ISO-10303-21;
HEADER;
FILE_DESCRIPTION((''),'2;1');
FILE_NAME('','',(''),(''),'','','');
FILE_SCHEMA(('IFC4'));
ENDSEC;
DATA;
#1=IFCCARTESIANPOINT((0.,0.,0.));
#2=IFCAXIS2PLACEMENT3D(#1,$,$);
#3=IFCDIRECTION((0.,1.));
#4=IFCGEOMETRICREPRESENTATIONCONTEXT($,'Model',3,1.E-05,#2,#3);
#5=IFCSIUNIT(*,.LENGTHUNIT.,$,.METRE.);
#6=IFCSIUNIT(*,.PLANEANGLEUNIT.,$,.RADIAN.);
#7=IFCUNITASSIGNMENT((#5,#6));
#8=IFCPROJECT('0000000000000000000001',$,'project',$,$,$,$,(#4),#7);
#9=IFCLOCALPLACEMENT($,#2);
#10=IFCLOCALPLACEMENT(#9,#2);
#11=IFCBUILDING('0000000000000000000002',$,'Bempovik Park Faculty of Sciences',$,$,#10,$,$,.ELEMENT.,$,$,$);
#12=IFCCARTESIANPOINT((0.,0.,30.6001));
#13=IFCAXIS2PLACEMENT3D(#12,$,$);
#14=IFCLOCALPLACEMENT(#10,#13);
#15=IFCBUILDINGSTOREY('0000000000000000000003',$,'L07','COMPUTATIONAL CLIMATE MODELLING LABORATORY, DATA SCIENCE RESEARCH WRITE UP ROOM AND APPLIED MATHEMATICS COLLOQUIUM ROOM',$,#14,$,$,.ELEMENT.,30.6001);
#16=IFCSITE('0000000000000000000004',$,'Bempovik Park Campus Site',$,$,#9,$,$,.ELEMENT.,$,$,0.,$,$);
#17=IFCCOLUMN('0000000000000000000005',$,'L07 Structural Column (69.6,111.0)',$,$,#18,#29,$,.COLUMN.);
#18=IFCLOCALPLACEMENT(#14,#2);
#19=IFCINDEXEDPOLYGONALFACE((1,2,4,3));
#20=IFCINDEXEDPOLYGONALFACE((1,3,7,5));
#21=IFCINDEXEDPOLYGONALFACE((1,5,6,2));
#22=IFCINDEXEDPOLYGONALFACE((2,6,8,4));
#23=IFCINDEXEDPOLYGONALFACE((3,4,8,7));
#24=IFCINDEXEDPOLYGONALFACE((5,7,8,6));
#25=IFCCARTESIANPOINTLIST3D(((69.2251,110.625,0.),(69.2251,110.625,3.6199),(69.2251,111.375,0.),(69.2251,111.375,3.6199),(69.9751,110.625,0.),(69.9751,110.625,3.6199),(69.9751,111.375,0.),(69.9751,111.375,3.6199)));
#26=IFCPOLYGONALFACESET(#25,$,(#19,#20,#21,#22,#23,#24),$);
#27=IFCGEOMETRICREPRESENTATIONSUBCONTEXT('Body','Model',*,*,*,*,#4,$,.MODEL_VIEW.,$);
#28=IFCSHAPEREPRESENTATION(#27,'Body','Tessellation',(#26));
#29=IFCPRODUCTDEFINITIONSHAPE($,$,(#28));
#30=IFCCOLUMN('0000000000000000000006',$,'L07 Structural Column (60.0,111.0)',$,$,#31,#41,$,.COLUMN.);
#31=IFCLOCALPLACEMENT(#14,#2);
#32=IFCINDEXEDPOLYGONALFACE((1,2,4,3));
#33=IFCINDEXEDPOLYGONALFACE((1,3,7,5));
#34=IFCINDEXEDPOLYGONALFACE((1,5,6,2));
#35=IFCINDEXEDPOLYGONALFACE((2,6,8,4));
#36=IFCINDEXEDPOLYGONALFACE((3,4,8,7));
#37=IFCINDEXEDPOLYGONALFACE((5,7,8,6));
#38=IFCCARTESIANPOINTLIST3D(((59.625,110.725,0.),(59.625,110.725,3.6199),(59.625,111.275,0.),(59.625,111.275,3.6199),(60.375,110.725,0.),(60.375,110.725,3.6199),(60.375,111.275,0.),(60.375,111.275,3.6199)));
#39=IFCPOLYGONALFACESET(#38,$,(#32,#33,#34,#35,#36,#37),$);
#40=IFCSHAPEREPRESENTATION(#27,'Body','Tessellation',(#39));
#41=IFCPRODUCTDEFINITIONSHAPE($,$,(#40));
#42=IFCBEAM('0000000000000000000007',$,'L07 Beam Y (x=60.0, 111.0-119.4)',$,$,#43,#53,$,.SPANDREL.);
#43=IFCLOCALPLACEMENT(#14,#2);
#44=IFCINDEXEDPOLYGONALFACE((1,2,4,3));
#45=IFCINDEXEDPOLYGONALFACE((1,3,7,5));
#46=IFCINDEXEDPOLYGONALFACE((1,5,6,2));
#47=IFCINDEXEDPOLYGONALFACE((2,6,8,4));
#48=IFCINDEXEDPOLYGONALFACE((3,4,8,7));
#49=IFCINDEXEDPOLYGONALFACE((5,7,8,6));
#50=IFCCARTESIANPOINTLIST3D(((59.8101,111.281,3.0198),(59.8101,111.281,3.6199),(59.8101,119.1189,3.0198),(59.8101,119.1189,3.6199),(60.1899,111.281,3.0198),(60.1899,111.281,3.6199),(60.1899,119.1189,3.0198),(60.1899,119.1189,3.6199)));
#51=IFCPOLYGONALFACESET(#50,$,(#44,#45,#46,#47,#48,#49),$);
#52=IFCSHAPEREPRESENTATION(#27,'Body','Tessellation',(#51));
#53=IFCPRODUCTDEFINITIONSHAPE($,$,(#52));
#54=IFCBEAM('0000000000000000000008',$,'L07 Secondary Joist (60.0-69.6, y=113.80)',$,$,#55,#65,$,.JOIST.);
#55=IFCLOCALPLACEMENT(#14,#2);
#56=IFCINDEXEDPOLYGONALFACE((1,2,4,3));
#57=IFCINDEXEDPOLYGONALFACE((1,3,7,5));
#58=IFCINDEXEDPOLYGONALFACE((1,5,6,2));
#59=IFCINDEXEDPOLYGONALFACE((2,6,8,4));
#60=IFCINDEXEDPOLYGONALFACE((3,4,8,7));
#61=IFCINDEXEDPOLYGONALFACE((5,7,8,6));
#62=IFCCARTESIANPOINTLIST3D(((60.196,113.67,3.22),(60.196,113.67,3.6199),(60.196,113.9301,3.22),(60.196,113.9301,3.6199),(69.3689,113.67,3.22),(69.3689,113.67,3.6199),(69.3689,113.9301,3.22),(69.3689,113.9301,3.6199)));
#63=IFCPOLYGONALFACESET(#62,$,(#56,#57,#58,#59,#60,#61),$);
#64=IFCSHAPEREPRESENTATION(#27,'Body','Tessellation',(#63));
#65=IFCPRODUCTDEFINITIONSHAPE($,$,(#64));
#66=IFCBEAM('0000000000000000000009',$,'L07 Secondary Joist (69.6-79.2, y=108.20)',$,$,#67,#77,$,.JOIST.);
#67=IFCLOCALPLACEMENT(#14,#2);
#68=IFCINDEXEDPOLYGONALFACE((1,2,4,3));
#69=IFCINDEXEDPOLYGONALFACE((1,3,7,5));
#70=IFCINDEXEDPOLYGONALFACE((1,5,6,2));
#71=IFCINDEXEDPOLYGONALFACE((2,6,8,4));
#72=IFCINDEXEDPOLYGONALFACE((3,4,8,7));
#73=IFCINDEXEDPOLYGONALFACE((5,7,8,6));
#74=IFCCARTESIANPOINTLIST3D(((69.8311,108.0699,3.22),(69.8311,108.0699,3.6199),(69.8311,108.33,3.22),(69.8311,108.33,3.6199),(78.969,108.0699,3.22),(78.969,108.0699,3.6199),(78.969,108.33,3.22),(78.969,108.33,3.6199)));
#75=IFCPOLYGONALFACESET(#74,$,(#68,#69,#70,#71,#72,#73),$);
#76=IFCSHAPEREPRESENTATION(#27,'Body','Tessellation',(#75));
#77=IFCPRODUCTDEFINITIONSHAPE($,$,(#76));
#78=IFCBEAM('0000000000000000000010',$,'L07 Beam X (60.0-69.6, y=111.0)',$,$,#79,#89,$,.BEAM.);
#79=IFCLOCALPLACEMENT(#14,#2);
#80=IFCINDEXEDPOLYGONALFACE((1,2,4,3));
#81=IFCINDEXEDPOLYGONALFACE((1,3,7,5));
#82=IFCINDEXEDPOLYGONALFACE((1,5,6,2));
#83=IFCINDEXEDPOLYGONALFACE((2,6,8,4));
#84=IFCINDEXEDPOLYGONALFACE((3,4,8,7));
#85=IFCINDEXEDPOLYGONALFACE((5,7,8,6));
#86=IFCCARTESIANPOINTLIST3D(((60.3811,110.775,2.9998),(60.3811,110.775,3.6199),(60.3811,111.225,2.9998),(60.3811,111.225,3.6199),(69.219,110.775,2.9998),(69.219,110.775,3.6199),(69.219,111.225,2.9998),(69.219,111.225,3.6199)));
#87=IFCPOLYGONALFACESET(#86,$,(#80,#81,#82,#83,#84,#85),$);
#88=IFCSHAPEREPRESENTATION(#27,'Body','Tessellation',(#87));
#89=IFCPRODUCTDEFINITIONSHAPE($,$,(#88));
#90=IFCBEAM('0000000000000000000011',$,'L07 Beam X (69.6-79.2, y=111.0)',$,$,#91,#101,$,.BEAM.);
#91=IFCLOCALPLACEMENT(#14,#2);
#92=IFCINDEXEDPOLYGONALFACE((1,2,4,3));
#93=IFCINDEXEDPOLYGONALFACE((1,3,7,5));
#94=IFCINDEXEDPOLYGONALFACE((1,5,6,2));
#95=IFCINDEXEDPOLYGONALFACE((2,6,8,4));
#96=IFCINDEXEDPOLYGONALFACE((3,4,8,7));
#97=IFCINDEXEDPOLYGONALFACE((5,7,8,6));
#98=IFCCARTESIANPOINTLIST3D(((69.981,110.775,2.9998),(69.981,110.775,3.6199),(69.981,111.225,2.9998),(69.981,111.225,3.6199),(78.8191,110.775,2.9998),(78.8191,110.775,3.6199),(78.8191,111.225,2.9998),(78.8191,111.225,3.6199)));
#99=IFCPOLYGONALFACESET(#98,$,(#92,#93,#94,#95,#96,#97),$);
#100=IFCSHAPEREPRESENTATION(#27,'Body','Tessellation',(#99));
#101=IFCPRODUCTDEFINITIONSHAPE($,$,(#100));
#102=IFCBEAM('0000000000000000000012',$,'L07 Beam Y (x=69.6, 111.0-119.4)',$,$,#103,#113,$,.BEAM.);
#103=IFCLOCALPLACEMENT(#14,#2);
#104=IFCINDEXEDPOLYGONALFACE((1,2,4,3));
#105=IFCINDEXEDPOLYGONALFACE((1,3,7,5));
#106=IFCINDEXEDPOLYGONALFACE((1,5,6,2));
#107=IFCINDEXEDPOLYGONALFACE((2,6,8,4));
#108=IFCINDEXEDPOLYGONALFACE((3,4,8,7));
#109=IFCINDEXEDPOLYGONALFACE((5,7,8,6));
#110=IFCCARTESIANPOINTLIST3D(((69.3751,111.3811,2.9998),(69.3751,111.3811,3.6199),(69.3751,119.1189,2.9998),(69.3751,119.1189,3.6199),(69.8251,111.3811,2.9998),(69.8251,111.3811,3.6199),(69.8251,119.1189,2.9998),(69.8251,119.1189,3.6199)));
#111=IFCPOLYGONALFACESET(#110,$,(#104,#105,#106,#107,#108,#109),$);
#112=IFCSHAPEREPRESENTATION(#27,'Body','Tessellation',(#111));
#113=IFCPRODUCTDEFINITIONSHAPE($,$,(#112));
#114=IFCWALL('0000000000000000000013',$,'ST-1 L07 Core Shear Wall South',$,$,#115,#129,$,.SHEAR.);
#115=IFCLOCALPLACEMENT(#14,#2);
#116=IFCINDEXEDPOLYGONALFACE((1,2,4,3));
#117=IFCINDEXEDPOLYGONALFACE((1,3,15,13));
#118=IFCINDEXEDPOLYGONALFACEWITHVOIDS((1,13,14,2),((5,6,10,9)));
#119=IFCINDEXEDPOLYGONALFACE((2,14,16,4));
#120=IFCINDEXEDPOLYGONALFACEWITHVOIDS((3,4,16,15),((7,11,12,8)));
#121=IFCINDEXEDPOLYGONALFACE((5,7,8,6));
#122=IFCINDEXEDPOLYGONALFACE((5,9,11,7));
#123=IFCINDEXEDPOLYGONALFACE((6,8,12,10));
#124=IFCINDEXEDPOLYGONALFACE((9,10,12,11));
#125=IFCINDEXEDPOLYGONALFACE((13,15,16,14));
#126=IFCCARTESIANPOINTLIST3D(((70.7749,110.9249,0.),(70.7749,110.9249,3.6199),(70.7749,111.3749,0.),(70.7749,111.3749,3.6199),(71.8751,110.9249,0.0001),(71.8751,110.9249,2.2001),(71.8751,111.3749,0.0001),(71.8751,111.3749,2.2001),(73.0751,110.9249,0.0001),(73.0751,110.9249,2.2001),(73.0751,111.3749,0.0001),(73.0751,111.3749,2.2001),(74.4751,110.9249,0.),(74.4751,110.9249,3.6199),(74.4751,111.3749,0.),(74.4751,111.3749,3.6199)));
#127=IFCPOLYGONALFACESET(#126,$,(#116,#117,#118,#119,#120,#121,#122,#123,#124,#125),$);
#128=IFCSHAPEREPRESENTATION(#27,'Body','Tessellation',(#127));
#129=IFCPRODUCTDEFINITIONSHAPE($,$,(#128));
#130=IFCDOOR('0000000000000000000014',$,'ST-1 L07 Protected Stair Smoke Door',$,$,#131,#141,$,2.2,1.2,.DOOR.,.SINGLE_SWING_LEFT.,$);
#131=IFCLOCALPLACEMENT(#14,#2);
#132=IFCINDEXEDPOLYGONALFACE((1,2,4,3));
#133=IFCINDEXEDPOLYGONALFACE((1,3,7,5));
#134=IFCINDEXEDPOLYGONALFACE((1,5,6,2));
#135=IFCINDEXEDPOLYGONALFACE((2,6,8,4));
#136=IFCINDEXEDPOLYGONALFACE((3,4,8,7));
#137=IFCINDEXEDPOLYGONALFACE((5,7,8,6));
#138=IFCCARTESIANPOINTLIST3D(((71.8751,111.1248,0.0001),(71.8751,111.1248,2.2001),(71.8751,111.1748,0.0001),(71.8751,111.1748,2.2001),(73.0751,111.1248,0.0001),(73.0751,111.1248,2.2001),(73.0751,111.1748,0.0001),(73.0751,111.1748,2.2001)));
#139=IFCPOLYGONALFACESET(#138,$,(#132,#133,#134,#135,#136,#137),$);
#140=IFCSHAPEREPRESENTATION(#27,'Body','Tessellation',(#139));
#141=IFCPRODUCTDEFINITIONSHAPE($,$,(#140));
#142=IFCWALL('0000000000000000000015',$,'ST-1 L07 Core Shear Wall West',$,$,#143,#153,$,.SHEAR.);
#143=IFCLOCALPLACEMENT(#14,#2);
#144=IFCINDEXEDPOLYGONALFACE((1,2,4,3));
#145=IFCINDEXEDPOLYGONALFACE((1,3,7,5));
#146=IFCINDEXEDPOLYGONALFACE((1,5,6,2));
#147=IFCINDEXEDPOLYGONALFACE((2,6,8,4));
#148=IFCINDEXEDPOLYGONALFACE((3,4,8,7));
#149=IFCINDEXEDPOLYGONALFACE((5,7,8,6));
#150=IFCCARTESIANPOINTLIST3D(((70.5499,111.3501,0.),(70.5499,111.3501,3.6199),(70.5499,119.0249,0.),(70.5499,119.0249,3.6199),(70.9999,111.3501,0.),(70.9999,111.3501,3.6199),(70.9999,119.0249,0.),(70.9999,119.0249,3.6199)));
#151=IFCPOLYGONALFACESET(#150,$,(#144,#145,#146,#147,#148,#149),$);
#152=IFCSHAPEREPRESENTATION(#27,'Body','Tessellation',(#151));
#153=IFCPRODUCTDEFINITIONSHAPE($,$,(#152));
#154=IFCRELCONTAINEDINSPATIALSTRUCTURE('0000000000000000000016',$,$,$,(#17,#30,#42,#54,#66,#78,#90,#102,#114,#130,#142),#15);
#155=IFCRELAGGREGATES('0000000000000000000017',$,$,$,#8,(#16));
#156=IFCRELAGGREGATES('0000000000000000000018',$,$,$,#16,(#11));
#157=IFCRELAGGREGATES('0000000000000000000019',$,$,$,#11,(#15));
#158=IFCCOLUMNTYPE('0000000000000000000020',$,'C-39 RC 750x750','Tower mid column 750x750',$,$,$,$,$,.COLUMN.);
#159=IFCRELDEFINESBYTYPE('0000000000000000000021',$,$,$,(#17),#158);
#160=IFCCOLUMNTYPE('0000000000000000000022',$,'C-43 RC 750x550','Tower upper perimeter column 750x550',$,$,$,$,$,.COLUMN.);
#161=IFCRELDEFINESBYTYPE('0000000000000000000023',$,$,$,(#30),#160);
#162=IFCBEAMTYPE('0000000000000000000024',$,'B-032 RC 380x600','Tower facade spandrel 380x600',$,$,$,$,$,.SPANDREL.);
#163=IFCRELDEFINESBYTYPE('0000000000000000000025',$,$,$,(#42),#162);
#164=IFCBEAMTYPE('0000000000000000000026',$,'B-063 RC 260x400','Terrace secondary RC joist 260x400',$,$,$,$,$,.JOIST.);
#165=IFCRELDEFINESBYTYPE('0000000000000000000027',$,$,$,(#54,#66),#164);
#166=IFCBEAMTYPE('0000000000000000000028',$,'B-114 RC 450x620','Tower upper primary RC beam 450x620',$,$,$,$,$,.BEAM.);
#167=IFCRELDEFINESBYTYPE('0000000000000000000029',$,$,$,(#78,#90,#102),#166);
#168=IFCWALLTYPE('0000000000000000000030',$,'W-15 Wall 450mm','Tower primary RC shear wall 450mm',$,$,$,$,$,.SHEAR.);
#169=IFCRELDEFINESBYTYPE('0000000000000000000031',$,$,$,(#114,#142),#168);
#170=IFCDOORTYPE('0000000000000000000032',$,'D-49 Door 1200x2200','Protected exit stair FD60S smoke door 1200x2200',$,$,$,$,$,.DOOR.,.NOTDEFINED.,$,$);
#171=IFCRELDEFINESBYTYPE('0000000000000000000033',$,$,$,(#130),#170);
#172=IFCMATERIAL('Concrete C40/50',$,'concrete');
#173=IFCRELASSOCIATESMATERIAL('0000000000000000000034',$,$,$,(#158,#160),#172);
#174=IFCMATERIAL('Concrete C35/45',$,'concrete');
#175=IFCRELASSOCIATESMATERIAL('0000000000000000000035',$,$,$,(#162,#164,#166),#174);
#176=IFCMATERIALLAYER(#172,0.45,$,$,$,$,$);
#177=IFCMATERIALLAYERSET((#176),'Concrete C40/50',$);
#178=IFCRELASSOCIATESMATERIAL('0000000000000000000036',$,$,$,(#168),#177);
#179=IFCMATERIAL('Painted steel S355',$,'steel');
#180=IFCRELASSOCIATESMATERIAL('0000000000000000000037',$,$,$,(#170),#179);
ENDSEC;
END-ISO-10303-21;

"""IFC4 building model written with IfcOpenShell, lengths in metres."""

from ifc_helpers import new_model, si_unit, direction, frame, frame_2d, origin, origin_2d, place, context, subcontext, project, spatial, rectangle, extrude, material, layer, layer_set, material_profile, profile_set, type_object, element, fill, save


model = new_model("IFC4")

# Units and contexts
model_context = context("Model", 3, precision=1e-05, world=origin(), true_north=direction((0.0, 1.0)))
body_context = subcontext(model_context, "Body", "Model", "MODEL_VIEW")
ifc_project = project(units=[si_unit("LENGTHUNIT", "METRE"), si_unit("PLANEANGLEUNIT", "RADIAN")], contexts=[model_context])

# Site, building, storey
site_placement = place(None, origin())
site = spatial("IfcSite", under=ifc_project, at=site_placement, Name="Bempovik Park Campus Site", CompositionType="ELEMENT", RefElevation=0.0)
building_placement = place(site_placement, origin())
building = spatial("IfcBuilding", under=site, at=building_placement, Name="Bempovik Park Faculty of Sciences", CompositionType="ELEMENT")
storey_placement = place(building_placement, frame((0.0, 0.0, 30.6001)))
storey = spatial("IfcBuildingStorey", under=building, at=storey_placement, Name="L07", Description="COMPUTATIONAL CLIMATE MODELLING LABORATORY, DATA SCIENCE RESEARCH WRITE UP ROOM AND APPLIED MATHEMATICS COLLOQUIUM ROOM", CompositionType="ELEMENT", Elevation=30.6001)

# Columns
ifc_material_1 = material(Name="Concrete C40/50", Category="concrete")
ifc_material_profile_1 = material_profile(ifc_material_1, rectangle(XDim=0.75, YDim=0.75, at=origin_2d()), Name="RC 750x750")
ifc_profile_set_1 = profile_set([ifc_material_profile_1], Name="Concrete C40/50")
column_type_1 = type_object("IfcColumnType", Name="C-39 RC 750x750", Description="Tower mid column 750x750", PredefinedType="COLUMN", material=ifc_profile_set_1)
column_1_placement = place(storey_placement, frame((69.6001, 111.0, 0.0), z_axis=(0.0, 0.0, 1.0), x_axis=(1.0, 0.0, 0.0)))
element("IfcColumn", 1, at=column_1_placement, inside=storey, type_object=column_type_1, Name="L07 Structural Column (69.6,111.0)", PredefinedType="COLUMN", context=body_context, shape_type="SweptSolid", body=[
    extrude(rectangle(XDim=0.75, YDim=0.75, at=origin_2d()), origin(), (0.0, 0.0, 1.0), 3.6199),
])
ifc_material_profile_2 = material_profile(ifc_material_1, rectangle(XDim=0.75, YDim=0.55, at=origin_2d()), Name="RC 750x550")
ifc_profile_set_2 = profile_set([ifc_material_profile_2], Name="Concrete C40/50")
column_type_2 = type_object("IfcColumnType", Name="C-43 RC 750x550", Description="Tower upper perimeter column 750x550", PredefinedType="COLUMN", material=ifc_profile_set_2)
column_2_placement = place(storey_placement, frame((60.0, 111.0, 0.0), z_axis=(0.0, 0.0, 1.0), x_axis=(1.0, 0.0, 0.0)))
element("IfcColumn", 2, at=column_2_placement, inside=storey, type_object=column_type_2, Name="L07 Structural Column (60.0,111.0)", PredefinedType="COLUMN", context=body_context, shape_type="SweptSolid", body=[
    extrude(rectangle(XDim=0.75, YDim=0.55, at=origin_2d()), origin(), (0.0, 0.0, 1.0), 3.6199),
])

# Beams
ifc_material_2 = material(Name="Concrete C35/45", Category="concrete")
ifc_material_profile_3 = material_profile(ifc_material_2, rectangle(XDim=0.3799, YDim=0.6001, at=origin_2d()), Name="RC 380x600")
ifc_profile_set_3 = profile_set([ifc_material_profile_3], Name="Concrete C35/45")
beam_type_1 = type_object("IfcBeamType", Name="B-032 RC 380x600", Description="Tower facade spandrel 380x600", PredefinedType="SPANDREL", material=ifc_profile_set_3)
beam_1_placement = place(storey_placement, frame((60.0, 111.281, 3.3198), z_axis=(0.0, 1.0, 0.0), x_axis=(-1.0, 0.0, 0.0)))
element("IfcBeam", 3, at=beam_1_placement, inside=storey, type_object=beam_type_1, Name="L07 Beam Y (x=60.0, 111.0-119.4)", PredefinedType="SPANDREL", context=body_context, shape_type="SweptSolid", body=[
    extrude(rectangle(XDim=0.3799, YDim=0.6001, at=origin_2d()), origin(), (0.0, 0.0, 1.0), 7.8379),
])
ifc_material_profile_4 = material_profile(ifc_material_2, rectangle(XDim=0.26, YDim=0.3999, at=origin_2d()), Name="RC 260x400")
ifc_profile_set_4 = profile_set([ifc_material_profile_4], Name="Concrete C35/45")
beam_type_2 = type_object("IfcBeamType", Name="B-063 RC 260x400", Description="Terrace secondary RC joist 260x400", PredefinedType="JOIST", material=ifc_profile_set_4)
beam_2_placement = place(storey_placement, frame((60.196, 113.8, 3.4199), z_axis=(1.0, 0.0, 0.0), x_axis=(0.0, 1.0, 0.0)))
element("IfcBeam", 4, at=beam_2_placement, inside=storey, type_object=beam_type_2, Name="L07 Secondary Joist (60.0-69.6, y=113.80)", PredefinedType="JOIST", context=body_context, shape_type="SweptSolid", body=[
    extrude(rectangle(XDim=0.26, YDim=0.3999, at=origin_2d()), origin(), (0.0, 0.0, 1.0), 9.1729),
])
beam_3_placement = place(storey_placement, frame((69.8311, 108.2, 3.4199), z_axis=(1.0, 0.0, 0.0), x_axis=(0.0, 1.0, 0.0)))
element("IfcBeam", 5, at=beam_3_placement, inside=storey, type_object=beam_type_2, Name="L07 Secondary Joist (69.6-79.2, y=108.20)", PredefinedType="JOIST", context=body_context, shape_type="SweptSolid", body=[
    extrude(rectangle(XDim=0.26, YDim=0.3999, at=origin_2d()), origin(), (0.0, 0.0, 1.0), 9.1379),
])
ifc_material_profile_5 = material_profile(ifc_material_2, rectangle(XDim=0.45, YDim=0.6201, at=origin_2d()), Name="RC 450x620")
ifc_profile_set_5 = profile_set([ifc_material_profile_5], Name="Concrete C35/45")
beam_type_3 = type_object("IfcBeamType", Name="B-114 RC 450x620", Description="Tower upper primary RC beam 450x620", PredefinedType="BEAM", material=ifc_profile_set_5)
beam_4_placement = place(storey_placement, frame((60.3811, 111.0, 3.3098), z_axis=(1.0, 0.0, 0.0), x_axis=(0.0, 1.0, 0.0)))
element("IfcBeam", 6, at=beam_4_placement, inside=storey, type_object=beam_type_3, Name="L07 Beam X (60.0-69.6, y=111.0)", PredefinedType="BEAM", context=body_context, shape_type="SweptSolid", body=[
    extrude(rectangle(XDim=0.45, YDim=0.6201, at=origin_2d()), origin(), (0.0, 0.0, 1.0), 8.8379),
])
beam_5_placement = place(storey_placement, frame((69.981, 111.0, 3.3098), z_axis=(1.0, 0.0, 0.0), x_axis=(0.0, 1.0, 0.0)))
element("IfcBeam", 7, at=beam_5_placement, inside=storey, type_object=beam_type_3, Name="L07 Beam X (69.6-79.2, y=111.0)", PredefinedType="BEAM", context=body_context, shape_type="SweptSolid", body=[
    extrude(rectangle(XDim=0.45, YDim=0.6201, at=origin_2d()), origin(), (0.0, 0.0, 1.0), 8.8381),
])
beam_6_placement = place(storey_placement, frame((69.6001, 111.3811, 3.3098), z_axis=(0.0, 1.0, 0.0), x_axis=(-1.0, 0.0, 0.0)))
element("IfcBeam", 8, at=beam_6_placement, inside=storey, type_object=beam_type_3, Name="L07 Beam Y (x=69.6, 111.0-119.4)", PredefinedType="BEAM", context=body_context, shape_type="SweptSolid", body=[
    extrude(rectangle(XDim=0.45, YDim=0.6201, at=origin_2d()), origin(), (0.0, 0.0, 1.0), 7.7378),
])

# Wall, opening, door
ifc_layer_1 = layer(ifc_material_1, 0.45)
ifc_layer_set_1 = layer_set([ifc_layer_1], Name="Concrete C40/50")
wall_type_1 = type_object("IfcWallType", Name="W-15 Wall 450mm", Description="Tower primary RC shear wall 450mm", PredefinedType="SHEAR", material=ifc_layer_set_1)
wall_1_placement = place(storey_placement, frame((70.7749, 111.1499, 0.0), z_axis=(0.0, 0.0, 1.0), x_axis=(1.0, 0.0, 0.0)))
wall_1 = element("IfcWall", 9, at=wall_1_placement, inside=storey, type_object=wall_type_1, Name="ST-1 L07 Core Shear Wall South", PredefinedType="SHEAR", context=body_context, shape_type="SweptSolid", body=[
    extrude(rectangle(XDim=3.7002, YDim=0.45, at=frame_2d((1.8501, 0.0))), origin(), (0.0, 0.0, 1.0), 3.6199),
])
opening_1_placement = place(wall_1_placement, frame((1.1001, 0.0, 0.0)))
opening_1 = element("IfcOpeningElement", 10, at=opening_1_placement, cuts=wall_1, PredefinedType="OPENING", context=body_context, shape_type="SweptSolid", body=[
    extrude(rectangle(XDim=1.2, YDim=2.2, at=frame_2d((0.6001, 1.1001))), frame((0.0, 0.2349, 0.0), z_axis=(0.0, -1.0, 0.0), x_axis=(1.0, 0.0, 0.0)), (0.0, 0.0, 1.0), 0.47),
])
ifc_material_3 = material(Name="Painted steel S355", Category="steel")
door_type_1 = type_object("IfcDoorType", Name="D-49 Door 1200x2200", Description="Protected exit stair FD60S smoke door 1200x2200", OperationType="NOTDEFINED", PredefinedType="DOOR", material=ifc_material_3)
door_1_placement = place(opening_1_placement, origin())
door_1 = element("IfcDoor", 11, at=door_1_placement, inside=storey, type_object=door_type_1, Name="ST-1 L07 Protected Stair Smoke Door", OperationType="SINGLE_SWING_LEFT", OverallHeight=2.2, OverallWidth=1.2, PredefinedType="DOOR", context=body_context, shape_type="SweptSolid", body=[
    extrude(rectangle(XDim=1.2, YDim=2.2, at=frame_2d((0.6001, 1.1001))), frame((0.0, 0.0249, 0.0), z_axis=(0.0, -1.0, 0.0), x_axis=(1.0, 0.0, 0.0)), (0.0, 0.0, 1.0), 0.05),
])
fill(opening_1, door_1)

# Wall
wall_2_placement = place(storey_placement, frame((70.7749, 111.3501, 0.0), z_axis=(0.0, 0.0, 1.0), x_axis=(0.0, 1.0, 0.0)))
element("IfcWall", 12, at=wall_2_placement, inside=storey, type_object=wall_type_1, Name="ST-1 L07 Core Shear Wall West", PredefinedType="SHEAR", context=body_context, shape_type="SweptSolid", body=[
    extrude(rectangle(XDim=7.6748, YDim=0.45, at=frame_2d((3.8374, 0.0))), origin(), (0.0, 0.0, 1.0), 3.6199),
])

save(model, "model.ifc")
